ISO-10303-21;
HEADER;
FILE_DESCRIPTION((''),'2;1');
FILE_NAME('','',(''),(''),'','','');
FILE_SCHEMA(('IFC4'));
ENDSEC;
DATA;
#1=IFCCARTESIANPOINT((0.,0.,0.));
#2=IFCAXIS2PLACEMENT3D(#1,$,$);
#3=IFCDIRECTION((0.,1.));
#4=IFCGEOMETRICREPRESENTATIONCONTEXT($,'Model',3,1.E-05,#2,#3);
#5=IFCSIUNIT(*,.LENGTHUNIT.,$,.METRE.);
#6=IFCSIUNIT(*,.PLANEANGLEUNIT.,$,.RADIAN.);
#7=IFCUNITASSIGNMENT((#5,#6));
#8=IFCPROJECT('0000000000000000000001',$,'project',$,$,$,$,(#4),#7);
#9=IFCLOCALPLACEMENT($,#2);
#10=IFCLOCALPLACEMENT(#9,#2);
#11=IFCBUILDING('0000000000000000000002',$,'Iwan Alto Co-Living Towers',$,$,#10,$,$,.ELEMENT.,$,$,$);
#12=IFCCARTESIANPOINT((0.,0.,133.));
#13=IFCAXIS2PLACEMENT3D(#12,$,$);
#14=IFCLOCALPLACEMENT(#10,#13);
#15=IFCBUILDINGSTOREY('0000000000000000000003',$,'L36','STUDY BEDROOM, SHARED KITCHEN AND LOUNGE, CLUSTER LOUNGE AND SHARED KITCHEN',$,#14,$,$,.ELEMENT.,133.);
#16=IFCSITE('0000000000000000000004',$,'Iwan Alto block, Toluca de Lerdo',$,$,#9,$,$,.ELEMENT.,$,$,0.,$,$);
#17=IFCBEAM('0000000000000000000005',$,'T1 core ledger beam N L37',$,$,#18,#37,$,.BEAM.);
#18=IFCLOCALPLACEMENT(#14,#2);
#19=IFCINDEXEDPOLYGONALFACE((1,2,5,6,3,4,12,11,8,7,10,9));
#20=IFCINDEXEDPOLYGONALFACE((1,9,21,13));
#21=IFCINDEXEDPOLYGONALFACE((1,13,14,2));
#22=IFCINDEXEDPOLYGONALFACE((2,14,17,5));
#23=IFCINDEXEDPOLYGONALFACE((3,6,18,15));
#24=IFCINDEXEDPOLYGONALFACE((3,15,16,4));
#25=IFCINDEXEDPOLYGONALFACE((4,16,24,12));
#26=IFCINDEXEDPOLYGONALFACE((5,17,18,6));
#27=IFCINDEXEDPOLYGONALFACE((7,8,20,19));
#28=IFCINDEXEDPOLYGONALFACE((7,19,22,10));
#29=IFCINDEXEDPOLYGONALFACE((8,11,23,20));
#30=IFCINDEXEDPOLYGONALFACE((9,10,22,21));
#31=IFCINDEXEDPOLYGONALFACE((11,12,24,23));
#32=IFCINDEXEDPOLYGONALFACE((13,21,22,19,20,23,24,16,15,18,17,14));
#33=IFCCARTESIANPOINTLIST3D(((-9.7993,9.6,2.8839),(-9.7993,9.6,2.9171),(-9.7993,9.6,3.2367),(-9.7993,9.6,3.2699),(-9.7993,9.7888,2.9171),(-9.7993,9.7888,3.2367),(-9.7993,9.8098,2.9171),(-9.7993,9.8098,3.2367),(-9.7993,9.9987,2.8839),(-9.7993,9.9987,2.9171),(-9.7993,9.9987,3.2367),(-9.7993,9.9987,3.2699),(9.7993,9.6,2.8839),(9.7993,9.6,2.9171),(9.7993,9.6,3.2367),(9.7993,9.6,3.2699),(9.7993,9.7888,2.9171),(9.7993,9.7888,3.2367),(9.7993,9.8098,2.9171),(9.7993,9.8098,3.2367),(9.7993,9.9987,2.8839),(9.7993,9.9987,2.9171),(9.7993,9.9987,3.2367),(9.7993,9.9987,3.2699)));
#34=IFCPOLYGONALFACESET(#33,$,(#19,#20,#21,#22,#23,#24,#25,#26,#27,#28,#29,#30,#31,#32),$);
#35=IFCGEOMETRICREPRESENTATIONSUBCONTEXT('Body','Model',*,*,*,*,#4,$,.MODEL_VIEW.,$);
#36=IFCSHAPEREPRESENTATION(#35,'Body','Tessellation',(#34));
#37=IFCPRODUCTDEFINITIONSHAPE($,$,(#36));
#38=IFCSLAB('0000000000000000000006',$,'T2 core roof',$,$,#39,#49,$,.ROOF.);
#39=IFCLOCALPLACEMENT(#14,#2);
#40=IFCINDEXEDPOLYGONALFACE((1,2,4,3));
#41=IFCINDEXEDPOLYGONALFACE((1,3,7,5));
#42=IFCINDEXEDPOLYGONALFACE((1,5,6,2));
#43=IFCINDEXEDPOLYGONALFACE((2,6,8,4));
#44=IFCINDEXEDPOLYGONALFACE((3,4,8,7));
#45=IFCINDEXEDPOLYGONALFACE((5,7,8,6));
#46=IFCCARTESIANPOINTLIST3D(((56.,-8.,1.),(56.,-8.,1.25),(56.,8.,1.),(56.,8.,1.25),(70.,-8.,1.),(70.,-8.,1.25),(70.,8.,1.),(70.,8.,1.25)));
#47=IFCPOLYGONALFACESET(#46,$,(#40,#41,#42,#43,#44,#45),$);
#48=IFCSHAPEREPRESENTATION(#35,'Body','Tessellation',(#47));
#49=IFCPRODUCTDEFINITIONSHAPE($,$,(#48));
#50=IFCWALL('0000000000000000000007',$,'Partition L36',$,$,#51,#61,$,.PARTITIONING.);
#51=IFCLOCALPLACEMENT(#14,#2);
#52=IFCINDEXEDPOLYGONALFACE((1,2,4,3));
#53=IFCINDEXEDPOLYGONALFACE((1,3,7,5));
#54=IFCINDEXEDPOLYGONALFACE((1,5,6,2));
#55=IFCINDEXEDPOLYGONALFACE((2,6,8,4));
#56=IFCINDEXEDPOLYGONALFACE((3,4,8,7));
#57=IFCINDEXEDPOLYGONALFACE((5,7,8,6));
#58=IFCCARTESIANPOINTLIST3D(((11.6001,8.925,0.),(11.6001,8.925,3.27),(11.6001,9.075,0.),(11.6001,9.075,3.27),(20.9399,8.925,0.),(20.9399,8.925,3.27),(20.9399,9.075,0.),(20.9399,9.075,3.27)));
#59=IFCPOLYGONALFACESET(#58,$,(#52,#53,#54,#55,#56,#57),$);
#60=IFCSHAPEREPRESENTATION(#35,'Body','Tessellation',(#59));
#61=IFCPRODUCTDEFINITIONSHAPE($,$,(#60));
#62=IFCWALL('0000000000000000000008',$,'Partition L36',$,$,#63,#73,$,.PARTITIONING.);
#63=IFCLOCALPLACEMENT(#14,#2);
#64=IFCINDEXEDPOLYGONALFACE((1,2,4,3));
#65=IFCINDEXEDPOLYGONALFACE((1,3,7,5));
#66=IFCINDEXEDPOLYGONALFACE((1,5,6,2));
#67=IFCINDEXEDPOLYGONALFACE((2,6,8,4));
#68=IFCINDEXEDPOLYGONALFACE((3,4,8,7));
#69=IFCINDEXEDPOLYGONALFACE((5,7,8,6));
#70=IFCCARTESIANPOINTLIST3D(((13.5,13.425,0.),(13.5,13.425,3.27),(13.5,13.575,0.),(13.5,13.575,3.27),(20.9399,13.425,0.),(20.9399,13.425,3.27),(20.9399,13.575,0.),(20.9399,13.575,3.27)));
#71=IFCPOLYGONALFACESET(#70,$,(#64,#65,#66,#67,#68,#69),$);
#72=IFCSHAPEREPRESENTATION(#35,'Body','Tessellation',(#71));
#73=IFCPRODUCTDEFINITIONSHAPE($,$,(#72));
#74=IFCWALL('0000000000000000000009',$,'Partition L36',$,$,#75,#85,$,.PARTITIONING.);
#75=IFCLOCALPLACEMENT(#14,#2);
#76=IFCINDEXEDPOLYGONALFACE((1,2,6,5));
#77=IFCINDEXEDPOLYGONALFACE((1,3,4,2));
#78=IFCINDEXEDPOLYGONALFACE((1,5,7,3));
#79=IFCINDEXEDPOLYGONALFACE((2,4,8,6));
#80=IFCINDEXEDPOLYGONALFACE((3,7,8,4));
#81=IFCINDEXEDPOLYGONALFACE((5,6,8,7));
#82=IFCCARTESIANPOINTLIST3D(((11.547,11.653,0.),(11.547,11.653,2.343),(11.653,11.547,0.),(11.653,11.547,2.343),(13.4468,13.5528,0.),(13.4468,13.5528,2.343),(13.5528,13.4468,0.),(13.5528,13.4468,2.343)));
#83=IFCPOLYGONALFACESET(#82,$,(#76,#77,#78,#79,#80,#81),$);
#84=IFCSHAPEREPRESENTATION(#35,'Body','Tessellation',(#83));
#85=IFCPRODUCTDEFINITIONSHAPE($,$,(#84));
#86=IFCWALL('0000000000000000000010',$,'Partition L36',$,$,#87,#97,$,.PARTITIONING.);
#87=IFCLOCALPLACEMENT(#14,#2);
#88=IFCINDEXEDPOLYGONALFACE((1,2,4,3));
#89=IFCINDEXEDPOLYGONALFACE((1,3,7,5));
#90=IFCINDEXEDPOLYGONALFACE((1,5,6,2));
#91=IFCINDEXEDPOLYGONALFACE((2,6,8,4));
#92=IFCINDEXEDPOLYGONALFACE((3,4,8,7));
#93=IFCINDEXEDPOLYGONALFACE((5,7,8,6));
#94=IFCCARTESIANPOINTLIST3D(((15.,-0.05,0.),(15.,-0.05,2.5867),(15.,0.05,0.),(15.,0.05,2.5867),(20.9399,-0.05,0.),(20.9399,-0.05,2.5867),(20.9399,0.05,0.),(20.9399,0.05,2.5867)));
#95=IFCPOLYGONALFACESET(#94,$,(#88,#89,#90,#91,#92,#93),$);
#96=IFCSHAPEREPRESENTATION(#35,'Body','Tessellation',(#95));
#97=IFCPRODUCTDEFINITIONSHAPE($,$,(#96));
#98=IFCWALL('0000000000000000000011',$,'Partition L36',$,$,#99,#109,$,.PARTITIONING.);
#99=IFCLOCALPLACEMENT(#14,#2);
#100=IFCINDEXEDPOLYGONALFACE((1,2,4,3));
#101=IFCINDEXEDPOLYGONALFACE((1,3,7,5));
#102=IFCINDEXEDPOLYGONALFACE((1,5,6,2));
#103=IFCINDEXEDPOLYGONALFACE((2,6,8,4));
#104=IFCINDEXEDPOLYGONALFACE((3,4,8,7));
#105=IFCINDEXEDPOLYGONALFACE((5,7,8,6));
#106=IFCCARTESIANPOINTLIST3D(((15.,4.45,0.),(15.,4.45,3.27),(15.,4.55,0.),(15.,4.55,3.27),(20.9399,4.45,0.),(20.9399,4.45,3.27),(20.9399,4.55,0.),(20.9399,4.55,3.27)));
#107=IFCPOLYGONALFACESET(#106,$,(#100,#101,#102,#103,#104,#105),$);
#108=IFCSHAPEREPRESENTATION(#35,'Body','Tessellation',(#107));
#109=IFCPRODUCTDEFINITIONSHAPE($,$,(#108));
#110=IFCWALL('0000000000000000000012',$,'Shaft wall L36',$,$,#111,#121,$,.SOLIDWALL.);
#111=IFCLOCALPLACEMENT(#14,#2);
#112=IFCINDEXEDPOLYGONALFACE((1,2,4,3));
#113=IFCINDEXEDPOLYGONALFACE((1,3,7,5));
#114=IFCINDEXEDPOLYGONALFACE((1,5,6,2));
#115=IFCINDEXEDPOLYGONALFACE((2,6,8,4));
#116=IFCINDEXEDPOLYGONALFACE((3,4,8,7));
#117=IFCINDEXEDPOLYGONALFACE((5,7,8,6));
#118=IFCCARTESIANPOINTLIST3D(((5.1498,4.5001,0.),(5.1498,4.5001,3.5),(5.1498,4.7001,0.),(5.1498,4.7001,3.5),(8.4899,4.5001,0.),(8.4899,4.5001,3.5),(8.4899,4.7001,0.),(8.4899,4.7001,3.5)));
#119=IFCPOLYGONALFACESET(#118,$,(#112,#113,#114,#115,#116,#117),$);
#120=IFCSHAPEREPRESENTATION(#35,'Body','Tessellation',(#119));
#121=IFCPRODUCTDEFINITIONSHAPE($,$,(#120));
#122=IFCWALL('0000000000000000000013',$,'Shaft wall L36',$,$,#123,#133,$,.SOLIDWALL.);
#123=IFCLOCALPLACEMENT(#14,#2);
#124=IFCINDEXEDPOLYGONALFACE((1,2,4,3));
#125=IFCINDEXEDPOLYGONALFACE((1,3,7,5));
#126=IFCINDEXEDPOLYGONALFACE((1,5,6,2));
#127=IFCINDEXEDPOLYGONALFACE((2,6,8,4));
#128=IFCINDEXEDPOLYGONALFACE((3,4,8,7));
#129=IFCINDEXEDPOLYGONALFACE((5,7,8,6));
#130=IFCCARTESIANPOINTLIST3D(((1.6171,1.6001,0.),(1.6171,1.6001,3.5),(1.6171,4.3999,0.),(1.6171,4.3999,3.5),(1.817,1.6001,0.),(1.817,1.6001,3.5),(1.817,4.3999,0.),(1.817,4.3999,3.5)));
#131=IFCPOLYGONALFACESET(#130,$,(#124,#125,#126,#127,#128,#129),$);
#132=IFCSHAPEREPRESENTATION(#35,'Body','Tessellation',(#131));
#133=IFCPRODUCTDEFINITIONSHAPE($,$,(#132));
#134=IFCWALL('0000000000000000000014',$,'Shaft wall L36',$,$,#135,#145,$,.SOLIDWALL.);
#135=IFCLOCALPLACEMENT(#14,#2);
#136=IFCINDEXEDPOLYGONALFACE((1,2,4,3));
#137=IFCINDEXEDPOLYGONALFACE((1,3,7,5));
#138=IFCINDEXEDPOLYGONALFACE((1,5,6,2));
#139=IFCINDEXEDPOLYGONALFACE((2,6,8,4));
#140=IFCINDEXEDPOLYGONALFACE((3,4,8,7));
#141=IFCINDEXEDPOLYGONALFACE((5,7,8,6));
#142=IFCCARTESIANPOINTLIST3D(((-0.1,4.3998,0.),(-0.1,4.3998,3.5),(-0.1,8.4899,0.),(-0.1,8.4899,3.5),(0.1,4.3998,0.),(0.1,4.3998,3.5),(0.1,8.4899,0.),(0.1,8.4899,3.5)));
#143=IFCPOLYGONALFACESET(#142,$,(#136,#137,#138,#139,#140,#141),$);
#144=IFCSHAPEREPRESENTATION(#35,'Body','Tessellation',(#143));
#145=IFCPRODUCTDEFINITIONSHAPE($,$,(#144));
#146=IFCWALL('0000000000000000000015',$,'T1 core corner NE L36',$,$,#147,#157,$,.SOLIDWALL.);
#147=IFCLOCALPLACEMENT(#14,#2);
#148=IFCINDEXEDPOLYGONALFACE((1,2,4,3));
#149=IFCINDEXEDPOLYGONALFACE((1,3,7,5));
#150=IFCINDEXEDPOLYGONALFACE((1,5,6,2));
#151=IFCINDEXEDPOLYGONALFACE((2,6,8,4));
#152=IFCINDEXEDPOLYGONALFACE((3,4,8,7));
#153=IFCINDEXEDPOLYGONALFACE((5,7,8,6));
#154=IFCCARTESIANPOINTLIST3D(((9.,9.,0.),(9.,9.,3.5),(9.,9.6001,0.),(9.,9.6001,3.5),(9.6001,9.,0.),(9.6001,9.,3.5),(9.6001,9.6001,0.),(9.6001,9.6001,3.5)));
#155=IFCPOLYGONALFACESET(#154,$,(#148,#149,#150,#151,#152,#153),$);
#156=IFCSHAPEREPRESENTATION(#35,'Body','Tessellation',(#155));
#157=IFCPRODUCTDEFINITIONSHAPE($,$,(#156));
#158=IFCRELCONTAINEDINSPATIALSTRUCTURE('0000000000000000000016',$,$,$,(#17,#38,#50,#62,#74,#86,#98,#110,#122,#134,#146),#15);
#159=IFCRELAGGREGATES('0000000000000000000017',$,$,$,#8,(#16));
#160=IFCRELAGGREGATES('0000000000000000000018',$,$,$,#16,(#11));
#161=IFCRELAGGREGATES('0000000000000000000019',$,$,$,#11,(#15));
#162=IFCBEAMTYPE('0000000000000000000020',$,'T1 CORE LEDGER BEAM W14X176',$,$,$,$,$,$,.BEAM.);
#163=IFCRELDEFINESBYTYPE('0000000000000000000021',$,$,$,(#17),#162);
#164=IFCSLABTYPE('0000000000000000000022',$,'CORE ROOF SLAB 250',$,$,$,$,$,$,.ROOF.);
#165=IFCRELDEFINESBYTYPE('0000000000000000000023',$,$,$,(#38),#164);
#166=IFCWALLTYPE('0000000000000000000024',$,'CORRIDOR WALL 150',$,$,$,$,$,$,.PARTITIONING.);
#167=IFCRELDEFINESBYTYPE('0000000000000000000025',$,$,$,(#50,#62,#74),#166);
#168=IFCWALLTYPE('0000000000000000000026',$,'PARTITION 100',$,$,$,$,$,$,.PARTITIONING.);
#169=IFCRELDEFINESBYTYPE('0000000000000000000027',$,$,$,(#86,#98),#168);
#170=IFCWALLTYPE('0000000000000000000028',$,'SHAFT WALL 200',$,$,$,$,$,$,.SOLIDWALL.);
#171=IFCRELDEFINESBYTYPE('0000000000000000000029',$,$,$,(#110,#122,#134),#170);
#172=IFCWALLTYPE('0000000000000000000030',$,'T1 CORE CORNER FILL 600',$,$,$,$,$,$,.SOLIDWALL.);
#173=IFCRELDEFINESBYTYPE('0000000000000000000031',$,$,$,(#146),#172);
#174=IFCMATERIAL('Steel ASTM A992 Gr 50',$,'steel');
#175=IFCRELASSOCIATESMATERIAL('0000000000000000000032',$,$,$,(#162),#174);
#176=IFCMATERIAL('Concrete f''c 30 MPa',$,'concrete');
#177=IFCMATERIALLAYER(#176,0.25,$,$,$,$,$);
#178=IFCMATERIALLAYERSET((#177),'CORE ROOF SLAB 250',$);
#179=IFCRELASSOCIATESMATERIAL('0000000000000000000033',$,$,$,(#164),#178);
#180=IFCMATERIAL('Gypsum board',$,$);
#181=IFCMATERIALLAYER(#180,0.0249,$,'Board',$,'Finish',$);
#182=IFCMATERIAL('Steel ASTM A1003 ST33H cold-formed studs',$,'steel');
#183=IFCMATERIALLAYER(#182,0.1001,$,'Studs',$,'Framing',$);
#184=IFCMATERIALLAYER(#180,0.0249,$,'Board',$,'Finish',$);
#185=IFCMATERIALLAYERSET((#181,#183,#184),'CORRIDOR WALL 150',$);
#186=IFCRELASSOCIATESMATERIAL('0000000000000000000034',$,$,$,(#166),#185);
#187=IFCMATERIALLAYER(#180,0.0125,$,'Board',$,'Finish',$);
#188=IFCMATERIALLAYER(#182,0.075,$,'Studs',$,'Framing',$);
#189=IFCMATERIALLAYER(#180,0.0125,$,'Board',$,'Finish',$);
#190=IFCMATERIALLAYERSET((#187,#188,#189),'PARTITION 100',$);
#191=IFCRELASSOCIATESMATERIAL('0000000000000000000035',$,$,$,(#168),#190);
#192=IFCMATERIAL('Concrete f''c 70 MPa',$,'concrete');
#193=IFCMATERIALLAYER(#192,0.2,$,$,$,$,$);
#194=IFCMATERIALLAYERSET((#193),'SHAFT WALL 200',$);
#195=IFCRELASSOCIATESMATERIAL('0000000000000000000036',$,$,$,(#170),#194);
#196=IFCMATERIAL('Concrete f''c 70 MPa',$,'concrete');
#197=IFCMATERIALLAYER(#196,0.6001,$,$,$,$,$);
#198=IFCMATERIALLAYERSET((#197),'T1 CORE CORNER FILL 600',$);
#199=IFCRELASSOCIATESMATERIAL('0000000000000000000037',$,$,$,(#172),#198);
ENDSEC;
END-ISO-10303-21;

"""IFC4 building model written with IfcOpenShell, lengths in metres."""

from ifc_helpers import new_model, si_unit, direction, frame, frame_2d, origin, origin_2d, place, context, subcontext, project, spatial, polyline, rectangle, i_section, outline, extrude, material, layer, layer_set, material_profile, profile_set, type_object, element, save


model = new_model("IFC4")

# Units and contexts
model_context = context("Model", 3, precision=1e-05, world=origin(), true_north=direction((0.0, 1.0)))
body_context = subcontext(model_context, "Body", "Model", "MODEL_VIEW")
ifc_project = project(units=[si_unit("LENGTHUNIT", "METRE"), si_unit("PLANEANGLEUNIT", "RADIAN")], contexts=[model_context])

# Site, building, storey
site_placement = place(None, origin())
site = spatial("IfcSite", under=ifc_project, at=site_placement, Name="Iwan Alto block, Toluca de Lerdo", CompositionType="ELEMENT", RefElevation=0.0)
building_placement = place(site_placement, origin())
building = spatial("IfcBuilding", under=site, at=building_placement, Name="Iwan Alto Co-Living Towers", CompositionType="ELEMENT")
storey_placement = place(building_placement, frame((0.0, 0.0, 133.0)))
storey = spatial("IfcBuildingStorey", under=building, at=storey_placement, Name="L36", Description="STUDY BEDROOM, SHARED KITCHEN AND LOUNGE, CLUSTER LOUNGE AND SHARED KITCHEN", CompositionType="ELEMENT", Elevation=133.0)

# Beam
ifc_material_1 = material(Name="Steel ASTM A992 Gr 50", Category="steel")
ifc_material_profile = material_profile(ifc_material_1, i_section(OverallWidth=0.3987, OverallDepth=0.386, WebThickness=0.021, FlangeThickness=0.0332, at=origin_2d()), Name="W14X176")
ifc_profile_set = profile_set([ifc_material_profile], Name="Steel ASTM A992 Gr 50")
beam_type = type_object("IfcBeamType", Name="T1 CORE LEDGER BEAM W14X176", PredefinedType="BEAM", material=ifc_profile_set)
beam_placement = place(storey_placement, frame((9.7993, 9.7993, 3.0769), z_axis=(-1.0, 0.0, 0.0), x_axis=(0.0, -1.0, 0.0)))
element("IfcBeam", 1, at=beam_placement, inside=storey, type_object=beam_type, Name="T1 core ledger beam N L37", PredefinedType="BEAM", context=body_context, shape_type="SweptSolid", body=[
    extrude(i_section(OverallWidth=0.3987, OverallDepth=0.386, WebThickness=0.021, FlangeThickness=0.0332, at=origin_2d()), origin(), (0.0, 0.0, 1.0), 19.5986),
])

# Slab
ifc_material_2 = material(Name="Concrete f'c 30 MPa", Category="concrete")
ifc_layer_1 = layer(ifc_material_2, 0.25)
ifc_layer_set_1 = layer_set([ifc_layer_1], Name="CORE ROOF SLAB 250")
slab_type = type_object("IfcSlabType", Name="CORE ROOF SLAB 250", PredefinedType="ROOF", material=ifc_layer_set_1)
slab_placement = place(storey_placement, frame((0.0, 0.0, 1.0)))
element("IfcSlab", 2, at=slab_placement, inside=storey, type_object=slab_type, Name="T2 core roof", PredefinedType="ROOF", context=body_context, shape_type="SweptSolid", body=[
    extrude(outline(polyline([(56.0, -8.0), (70.0, -8.0), (70.0, 8.0), (56.0, 8.0), (56.0, -8.0)])), origin(), (0.0, 0.0, 1.0), 0.25),
])

# Walls
ifc_material_3 = material(Name="Gypsum board")
ifc_layer_2 = layer(ifc_material_3, 0.0249, Name="Board", Category="Finish")
ifc_material_4 = material(Name="Steel ASTM A1003 ST33H cold-formed studs", Category="steel")
ifc_layer_3 = layer(ifc_material_4, 0.1001, Name="Studs", Category="Framing")
ifc_layer_4 = layer(ifc_material_3, 0.0249, Name="Board", Category="Finish")
ifc_layer_set_2 = layer_set([ifc_layer_2, ifc_layer_3, ifc_layer_4], Name="CORRIDOR WALL 150")
wall_type_1 = type_object("IfcWallType", Name="CORRIDOR WALL 150", PredefinedType="PARTITIONING", material=ifc_layer_set_2)
wall_1_placement = place(storey_placement, frame((11.6001, 9.0, 0.0), z_axis=(0.0, 0.0, 1.0), x_axis=(1.0, 0.0, 0.0)))
element("IfcWall", 3, at=wall_1_placement, inside=storey, type_object=wall_type_1, Name="Partition L36", PredefinedType="PARTITIONING", context=body_context, shape_type="SweptSolid", body=[
    extrude(rectangle(XDim=9.3398, YDim=0.1499, at=frame_2d((4.6699, 0.0))), origin(), (0.0, 0.0, 1.0), 3.27),
])
wall_2_placement = place(storey_placement, frame((13.5, 13.5, 0.0), z_axis=(0.0, 0.0, 1.0), x_axis=(1.0, 0.0, 0.0)))
element("IfcWall", 4, at=wall_2_placement, inside=storey, type_object=wall_type_1, Name="Partition L36", PredefinedType="PARTITIONING", context=body_context, shape_type="SweptSolid", body=[
    extrude(rectangle(XDim=7.4399, YDim=0.1499, at=frame_2d((3.72, 0.0))), origin(), (0.0, 0.0, 1.0), 3.27),
])
wall_3_placement = place(storey_placement, frame((11.6001, 11.6001, 0.0), z_axis=(0.0, 0.0, 1.0), x_axis=(0.707107, 0.707107, 0.0)))
element("IfcWall", 5, at=wall_3_placement, inside=storey, type_object=wall_type_1, Name="Partition L36", PredefinedType="PARTITIONING", context=body_context, shape_type="SweptSolid", body=[
    extrude(rectangle(XDim=2.6868, YDim=0.1499, at=frame_2d((1.3433, 0.0))), origin(), (0.0, 0.0, 1.0), 2.343),
])
ifc_layer_5 = layer(ifc_material_3, 0.0125, Name="Board", Category="Finish")
ifc_layer_6 = layer(ifc_material_4, 0.075, Name="Studs", Category="Framing")
ifc_layer_7 = layer(ifc_material_3, 0.0125, Name="Board", Category="Finish")
ifc_layer_set_3 = layer_set([ifc_layer_5, ifc_layer_6, ifc_layer_7], Name="PARTITION 100")
wall_type_2 = type_object("IfcWallType", Name="PARTITION 100", PredefinedType="PARTITIONING", material=ifc_layer_set_3)
wall_4_placement = place(storey_placement, frame((15.0, 0.0, 0.0), z_axis=(0.0, 0.0, 1.0), x_axis=(1.0, 0.0, 0.0)))
element("IfcWall", 6, at=wall_4_placement, inside=storey, type_object=wall_type_2, Name="Partition L36", PredefinedType="PARTITIONING", context=body_context, shape_type="SweptSolid", body=[
    extrude(rectangle(XDim=5.9399, YDim=0.1001, at=frame_2d((2.97, 0.0))), origin(), (0.0, 0.0, 1.0), 2.5867),
])
wall_5_placement = place(storey_placement, frame((15.0, 4.5, 0.0), z_axis=(0.0, 0.0, 1.0), x_axis=(1.0, 0.0, 0.0)))
element("IfcWall", 7, at=wall_5_placement, inside=storey, type_object=wall_type_2, Name="Partition L36", PredefinedType="PARTITIONING", context=body_context, shape_type="SweptSolid", body=[
    extrude(rectangle(XDim=5.9399, YDim=0.1001, at=frame_2d((2.97, 0.0))), origin(), (0.0, 0.0, 1.0), 3.27),
])
ifc_material_5 = material(Name="Concrete f'c 70 MPa", Category="concrete")
ifc_layer_8 = layer(ifc_material_5, 0.2)
ifc_layer_set_4 = layer_set([ifc_layer_8], Name="SHAFT WALL 200")
wall_type_3 = type_object("IfcWallType", Name="SHAFT WALL 200", PredefinedType="SOLIDWALL", material=ifc_layer_set_4)
wall_6_placement = place(storey_placement, frame((5.1499, 4.6001, 0.0), z_axis=(0.0, 0.0, 1.0), x_axis=(1.0, 0.0, 0.0)))
element("IfcWall", 8, at=wall_6_placement, inside=storey, type_object=wall_type_3, Name="Shaft wall L36", PredefinedType="SOLIDWALL", context=body_context, shape_type="SweptSolid", body=[
    extrude(rectangle(XDim=3.3401, YDim=0.2, at=frame_2d((1.6699, 0.0))), origin(), (0.0, 0.0, 1.0), 3.5),
])
wall_7_placement = place(storey_placement, frame((1.717, 1.6001, 0.0), z_axis=(0.0, 0.0, 1.0), x_axis=(0.0, 1.0, 0.0)))
element("IfcWall", 9, at=wall_7_placement, inside=storey, type_object=wall_type_3, Name="Shaft wall L36", PredefinedType="SOLIDWALL", context=body_context, shape_type="SweptSolid", body=[
    extrude(rectangle(XDim=2.7998, YDim=0.2, at=frame_2d((1.3999, 0.0))), origin(), (0.0, 0.0, 1.0), 3.5),
])
wall_8_placement = place(storey_placement, frame((0.0, 4.3999, 0.0), z_axis=(0.0, 0.0, 1.0), x_axis=(0.0, 1.0, 0.0)))
element("IfcWall", 10, at=wall_8_placement, inside=storey, type_object=wall_type_3, Name="Shaft wall L36", PredefinedType="SOLIDWALL", context=body_context, shape_type="SweptSolid", body=[
    extrude(rectangle(XDim=4.0901, YDim=0.2, at=frame_2d((2.0449, 0.0))), origin(), (0.0, 0.0, 1.0), 3.5),
])
ifc_material_6 = material(Name="Concrete f'c 70 MPa", Category="concrete")
ifc_layer_9 = layer(ifc_material_6, 0.6001)
ifc_layer_set_5 = layer_set([ifc_layer_9], Name="T1 CORE CORNER FILL 600")
wall_type_4 = type_object("IfcWallType", Name="T1 CORE CORNER FILL 600", PredefinedType="SOLIDWALL", material=ifc_layer_set_5)
wall_9_placement = place(storey_placement, frame((9.0, 9.3, 0.0), z_axis=(0.0, 0.0, 1.0), x_axis=(1.0, 0.0, 0.0)))
element("IfcWall", 11, at=wall_9_placement, inside=storey, type_object=wall_type_4, Name="T1 core corner NE L36", PredefinedType="SOLIDWALL", context=body_context, shape_type="SweptSolid", body=[
    extrude(rectangle(XDim=0.6001, YDim=0.6001, at=frame_2d((0.3, 0.0))), origin(), (0.0, 0.0, 1.0), 3.5),
])

save(model, "model.ifc")
